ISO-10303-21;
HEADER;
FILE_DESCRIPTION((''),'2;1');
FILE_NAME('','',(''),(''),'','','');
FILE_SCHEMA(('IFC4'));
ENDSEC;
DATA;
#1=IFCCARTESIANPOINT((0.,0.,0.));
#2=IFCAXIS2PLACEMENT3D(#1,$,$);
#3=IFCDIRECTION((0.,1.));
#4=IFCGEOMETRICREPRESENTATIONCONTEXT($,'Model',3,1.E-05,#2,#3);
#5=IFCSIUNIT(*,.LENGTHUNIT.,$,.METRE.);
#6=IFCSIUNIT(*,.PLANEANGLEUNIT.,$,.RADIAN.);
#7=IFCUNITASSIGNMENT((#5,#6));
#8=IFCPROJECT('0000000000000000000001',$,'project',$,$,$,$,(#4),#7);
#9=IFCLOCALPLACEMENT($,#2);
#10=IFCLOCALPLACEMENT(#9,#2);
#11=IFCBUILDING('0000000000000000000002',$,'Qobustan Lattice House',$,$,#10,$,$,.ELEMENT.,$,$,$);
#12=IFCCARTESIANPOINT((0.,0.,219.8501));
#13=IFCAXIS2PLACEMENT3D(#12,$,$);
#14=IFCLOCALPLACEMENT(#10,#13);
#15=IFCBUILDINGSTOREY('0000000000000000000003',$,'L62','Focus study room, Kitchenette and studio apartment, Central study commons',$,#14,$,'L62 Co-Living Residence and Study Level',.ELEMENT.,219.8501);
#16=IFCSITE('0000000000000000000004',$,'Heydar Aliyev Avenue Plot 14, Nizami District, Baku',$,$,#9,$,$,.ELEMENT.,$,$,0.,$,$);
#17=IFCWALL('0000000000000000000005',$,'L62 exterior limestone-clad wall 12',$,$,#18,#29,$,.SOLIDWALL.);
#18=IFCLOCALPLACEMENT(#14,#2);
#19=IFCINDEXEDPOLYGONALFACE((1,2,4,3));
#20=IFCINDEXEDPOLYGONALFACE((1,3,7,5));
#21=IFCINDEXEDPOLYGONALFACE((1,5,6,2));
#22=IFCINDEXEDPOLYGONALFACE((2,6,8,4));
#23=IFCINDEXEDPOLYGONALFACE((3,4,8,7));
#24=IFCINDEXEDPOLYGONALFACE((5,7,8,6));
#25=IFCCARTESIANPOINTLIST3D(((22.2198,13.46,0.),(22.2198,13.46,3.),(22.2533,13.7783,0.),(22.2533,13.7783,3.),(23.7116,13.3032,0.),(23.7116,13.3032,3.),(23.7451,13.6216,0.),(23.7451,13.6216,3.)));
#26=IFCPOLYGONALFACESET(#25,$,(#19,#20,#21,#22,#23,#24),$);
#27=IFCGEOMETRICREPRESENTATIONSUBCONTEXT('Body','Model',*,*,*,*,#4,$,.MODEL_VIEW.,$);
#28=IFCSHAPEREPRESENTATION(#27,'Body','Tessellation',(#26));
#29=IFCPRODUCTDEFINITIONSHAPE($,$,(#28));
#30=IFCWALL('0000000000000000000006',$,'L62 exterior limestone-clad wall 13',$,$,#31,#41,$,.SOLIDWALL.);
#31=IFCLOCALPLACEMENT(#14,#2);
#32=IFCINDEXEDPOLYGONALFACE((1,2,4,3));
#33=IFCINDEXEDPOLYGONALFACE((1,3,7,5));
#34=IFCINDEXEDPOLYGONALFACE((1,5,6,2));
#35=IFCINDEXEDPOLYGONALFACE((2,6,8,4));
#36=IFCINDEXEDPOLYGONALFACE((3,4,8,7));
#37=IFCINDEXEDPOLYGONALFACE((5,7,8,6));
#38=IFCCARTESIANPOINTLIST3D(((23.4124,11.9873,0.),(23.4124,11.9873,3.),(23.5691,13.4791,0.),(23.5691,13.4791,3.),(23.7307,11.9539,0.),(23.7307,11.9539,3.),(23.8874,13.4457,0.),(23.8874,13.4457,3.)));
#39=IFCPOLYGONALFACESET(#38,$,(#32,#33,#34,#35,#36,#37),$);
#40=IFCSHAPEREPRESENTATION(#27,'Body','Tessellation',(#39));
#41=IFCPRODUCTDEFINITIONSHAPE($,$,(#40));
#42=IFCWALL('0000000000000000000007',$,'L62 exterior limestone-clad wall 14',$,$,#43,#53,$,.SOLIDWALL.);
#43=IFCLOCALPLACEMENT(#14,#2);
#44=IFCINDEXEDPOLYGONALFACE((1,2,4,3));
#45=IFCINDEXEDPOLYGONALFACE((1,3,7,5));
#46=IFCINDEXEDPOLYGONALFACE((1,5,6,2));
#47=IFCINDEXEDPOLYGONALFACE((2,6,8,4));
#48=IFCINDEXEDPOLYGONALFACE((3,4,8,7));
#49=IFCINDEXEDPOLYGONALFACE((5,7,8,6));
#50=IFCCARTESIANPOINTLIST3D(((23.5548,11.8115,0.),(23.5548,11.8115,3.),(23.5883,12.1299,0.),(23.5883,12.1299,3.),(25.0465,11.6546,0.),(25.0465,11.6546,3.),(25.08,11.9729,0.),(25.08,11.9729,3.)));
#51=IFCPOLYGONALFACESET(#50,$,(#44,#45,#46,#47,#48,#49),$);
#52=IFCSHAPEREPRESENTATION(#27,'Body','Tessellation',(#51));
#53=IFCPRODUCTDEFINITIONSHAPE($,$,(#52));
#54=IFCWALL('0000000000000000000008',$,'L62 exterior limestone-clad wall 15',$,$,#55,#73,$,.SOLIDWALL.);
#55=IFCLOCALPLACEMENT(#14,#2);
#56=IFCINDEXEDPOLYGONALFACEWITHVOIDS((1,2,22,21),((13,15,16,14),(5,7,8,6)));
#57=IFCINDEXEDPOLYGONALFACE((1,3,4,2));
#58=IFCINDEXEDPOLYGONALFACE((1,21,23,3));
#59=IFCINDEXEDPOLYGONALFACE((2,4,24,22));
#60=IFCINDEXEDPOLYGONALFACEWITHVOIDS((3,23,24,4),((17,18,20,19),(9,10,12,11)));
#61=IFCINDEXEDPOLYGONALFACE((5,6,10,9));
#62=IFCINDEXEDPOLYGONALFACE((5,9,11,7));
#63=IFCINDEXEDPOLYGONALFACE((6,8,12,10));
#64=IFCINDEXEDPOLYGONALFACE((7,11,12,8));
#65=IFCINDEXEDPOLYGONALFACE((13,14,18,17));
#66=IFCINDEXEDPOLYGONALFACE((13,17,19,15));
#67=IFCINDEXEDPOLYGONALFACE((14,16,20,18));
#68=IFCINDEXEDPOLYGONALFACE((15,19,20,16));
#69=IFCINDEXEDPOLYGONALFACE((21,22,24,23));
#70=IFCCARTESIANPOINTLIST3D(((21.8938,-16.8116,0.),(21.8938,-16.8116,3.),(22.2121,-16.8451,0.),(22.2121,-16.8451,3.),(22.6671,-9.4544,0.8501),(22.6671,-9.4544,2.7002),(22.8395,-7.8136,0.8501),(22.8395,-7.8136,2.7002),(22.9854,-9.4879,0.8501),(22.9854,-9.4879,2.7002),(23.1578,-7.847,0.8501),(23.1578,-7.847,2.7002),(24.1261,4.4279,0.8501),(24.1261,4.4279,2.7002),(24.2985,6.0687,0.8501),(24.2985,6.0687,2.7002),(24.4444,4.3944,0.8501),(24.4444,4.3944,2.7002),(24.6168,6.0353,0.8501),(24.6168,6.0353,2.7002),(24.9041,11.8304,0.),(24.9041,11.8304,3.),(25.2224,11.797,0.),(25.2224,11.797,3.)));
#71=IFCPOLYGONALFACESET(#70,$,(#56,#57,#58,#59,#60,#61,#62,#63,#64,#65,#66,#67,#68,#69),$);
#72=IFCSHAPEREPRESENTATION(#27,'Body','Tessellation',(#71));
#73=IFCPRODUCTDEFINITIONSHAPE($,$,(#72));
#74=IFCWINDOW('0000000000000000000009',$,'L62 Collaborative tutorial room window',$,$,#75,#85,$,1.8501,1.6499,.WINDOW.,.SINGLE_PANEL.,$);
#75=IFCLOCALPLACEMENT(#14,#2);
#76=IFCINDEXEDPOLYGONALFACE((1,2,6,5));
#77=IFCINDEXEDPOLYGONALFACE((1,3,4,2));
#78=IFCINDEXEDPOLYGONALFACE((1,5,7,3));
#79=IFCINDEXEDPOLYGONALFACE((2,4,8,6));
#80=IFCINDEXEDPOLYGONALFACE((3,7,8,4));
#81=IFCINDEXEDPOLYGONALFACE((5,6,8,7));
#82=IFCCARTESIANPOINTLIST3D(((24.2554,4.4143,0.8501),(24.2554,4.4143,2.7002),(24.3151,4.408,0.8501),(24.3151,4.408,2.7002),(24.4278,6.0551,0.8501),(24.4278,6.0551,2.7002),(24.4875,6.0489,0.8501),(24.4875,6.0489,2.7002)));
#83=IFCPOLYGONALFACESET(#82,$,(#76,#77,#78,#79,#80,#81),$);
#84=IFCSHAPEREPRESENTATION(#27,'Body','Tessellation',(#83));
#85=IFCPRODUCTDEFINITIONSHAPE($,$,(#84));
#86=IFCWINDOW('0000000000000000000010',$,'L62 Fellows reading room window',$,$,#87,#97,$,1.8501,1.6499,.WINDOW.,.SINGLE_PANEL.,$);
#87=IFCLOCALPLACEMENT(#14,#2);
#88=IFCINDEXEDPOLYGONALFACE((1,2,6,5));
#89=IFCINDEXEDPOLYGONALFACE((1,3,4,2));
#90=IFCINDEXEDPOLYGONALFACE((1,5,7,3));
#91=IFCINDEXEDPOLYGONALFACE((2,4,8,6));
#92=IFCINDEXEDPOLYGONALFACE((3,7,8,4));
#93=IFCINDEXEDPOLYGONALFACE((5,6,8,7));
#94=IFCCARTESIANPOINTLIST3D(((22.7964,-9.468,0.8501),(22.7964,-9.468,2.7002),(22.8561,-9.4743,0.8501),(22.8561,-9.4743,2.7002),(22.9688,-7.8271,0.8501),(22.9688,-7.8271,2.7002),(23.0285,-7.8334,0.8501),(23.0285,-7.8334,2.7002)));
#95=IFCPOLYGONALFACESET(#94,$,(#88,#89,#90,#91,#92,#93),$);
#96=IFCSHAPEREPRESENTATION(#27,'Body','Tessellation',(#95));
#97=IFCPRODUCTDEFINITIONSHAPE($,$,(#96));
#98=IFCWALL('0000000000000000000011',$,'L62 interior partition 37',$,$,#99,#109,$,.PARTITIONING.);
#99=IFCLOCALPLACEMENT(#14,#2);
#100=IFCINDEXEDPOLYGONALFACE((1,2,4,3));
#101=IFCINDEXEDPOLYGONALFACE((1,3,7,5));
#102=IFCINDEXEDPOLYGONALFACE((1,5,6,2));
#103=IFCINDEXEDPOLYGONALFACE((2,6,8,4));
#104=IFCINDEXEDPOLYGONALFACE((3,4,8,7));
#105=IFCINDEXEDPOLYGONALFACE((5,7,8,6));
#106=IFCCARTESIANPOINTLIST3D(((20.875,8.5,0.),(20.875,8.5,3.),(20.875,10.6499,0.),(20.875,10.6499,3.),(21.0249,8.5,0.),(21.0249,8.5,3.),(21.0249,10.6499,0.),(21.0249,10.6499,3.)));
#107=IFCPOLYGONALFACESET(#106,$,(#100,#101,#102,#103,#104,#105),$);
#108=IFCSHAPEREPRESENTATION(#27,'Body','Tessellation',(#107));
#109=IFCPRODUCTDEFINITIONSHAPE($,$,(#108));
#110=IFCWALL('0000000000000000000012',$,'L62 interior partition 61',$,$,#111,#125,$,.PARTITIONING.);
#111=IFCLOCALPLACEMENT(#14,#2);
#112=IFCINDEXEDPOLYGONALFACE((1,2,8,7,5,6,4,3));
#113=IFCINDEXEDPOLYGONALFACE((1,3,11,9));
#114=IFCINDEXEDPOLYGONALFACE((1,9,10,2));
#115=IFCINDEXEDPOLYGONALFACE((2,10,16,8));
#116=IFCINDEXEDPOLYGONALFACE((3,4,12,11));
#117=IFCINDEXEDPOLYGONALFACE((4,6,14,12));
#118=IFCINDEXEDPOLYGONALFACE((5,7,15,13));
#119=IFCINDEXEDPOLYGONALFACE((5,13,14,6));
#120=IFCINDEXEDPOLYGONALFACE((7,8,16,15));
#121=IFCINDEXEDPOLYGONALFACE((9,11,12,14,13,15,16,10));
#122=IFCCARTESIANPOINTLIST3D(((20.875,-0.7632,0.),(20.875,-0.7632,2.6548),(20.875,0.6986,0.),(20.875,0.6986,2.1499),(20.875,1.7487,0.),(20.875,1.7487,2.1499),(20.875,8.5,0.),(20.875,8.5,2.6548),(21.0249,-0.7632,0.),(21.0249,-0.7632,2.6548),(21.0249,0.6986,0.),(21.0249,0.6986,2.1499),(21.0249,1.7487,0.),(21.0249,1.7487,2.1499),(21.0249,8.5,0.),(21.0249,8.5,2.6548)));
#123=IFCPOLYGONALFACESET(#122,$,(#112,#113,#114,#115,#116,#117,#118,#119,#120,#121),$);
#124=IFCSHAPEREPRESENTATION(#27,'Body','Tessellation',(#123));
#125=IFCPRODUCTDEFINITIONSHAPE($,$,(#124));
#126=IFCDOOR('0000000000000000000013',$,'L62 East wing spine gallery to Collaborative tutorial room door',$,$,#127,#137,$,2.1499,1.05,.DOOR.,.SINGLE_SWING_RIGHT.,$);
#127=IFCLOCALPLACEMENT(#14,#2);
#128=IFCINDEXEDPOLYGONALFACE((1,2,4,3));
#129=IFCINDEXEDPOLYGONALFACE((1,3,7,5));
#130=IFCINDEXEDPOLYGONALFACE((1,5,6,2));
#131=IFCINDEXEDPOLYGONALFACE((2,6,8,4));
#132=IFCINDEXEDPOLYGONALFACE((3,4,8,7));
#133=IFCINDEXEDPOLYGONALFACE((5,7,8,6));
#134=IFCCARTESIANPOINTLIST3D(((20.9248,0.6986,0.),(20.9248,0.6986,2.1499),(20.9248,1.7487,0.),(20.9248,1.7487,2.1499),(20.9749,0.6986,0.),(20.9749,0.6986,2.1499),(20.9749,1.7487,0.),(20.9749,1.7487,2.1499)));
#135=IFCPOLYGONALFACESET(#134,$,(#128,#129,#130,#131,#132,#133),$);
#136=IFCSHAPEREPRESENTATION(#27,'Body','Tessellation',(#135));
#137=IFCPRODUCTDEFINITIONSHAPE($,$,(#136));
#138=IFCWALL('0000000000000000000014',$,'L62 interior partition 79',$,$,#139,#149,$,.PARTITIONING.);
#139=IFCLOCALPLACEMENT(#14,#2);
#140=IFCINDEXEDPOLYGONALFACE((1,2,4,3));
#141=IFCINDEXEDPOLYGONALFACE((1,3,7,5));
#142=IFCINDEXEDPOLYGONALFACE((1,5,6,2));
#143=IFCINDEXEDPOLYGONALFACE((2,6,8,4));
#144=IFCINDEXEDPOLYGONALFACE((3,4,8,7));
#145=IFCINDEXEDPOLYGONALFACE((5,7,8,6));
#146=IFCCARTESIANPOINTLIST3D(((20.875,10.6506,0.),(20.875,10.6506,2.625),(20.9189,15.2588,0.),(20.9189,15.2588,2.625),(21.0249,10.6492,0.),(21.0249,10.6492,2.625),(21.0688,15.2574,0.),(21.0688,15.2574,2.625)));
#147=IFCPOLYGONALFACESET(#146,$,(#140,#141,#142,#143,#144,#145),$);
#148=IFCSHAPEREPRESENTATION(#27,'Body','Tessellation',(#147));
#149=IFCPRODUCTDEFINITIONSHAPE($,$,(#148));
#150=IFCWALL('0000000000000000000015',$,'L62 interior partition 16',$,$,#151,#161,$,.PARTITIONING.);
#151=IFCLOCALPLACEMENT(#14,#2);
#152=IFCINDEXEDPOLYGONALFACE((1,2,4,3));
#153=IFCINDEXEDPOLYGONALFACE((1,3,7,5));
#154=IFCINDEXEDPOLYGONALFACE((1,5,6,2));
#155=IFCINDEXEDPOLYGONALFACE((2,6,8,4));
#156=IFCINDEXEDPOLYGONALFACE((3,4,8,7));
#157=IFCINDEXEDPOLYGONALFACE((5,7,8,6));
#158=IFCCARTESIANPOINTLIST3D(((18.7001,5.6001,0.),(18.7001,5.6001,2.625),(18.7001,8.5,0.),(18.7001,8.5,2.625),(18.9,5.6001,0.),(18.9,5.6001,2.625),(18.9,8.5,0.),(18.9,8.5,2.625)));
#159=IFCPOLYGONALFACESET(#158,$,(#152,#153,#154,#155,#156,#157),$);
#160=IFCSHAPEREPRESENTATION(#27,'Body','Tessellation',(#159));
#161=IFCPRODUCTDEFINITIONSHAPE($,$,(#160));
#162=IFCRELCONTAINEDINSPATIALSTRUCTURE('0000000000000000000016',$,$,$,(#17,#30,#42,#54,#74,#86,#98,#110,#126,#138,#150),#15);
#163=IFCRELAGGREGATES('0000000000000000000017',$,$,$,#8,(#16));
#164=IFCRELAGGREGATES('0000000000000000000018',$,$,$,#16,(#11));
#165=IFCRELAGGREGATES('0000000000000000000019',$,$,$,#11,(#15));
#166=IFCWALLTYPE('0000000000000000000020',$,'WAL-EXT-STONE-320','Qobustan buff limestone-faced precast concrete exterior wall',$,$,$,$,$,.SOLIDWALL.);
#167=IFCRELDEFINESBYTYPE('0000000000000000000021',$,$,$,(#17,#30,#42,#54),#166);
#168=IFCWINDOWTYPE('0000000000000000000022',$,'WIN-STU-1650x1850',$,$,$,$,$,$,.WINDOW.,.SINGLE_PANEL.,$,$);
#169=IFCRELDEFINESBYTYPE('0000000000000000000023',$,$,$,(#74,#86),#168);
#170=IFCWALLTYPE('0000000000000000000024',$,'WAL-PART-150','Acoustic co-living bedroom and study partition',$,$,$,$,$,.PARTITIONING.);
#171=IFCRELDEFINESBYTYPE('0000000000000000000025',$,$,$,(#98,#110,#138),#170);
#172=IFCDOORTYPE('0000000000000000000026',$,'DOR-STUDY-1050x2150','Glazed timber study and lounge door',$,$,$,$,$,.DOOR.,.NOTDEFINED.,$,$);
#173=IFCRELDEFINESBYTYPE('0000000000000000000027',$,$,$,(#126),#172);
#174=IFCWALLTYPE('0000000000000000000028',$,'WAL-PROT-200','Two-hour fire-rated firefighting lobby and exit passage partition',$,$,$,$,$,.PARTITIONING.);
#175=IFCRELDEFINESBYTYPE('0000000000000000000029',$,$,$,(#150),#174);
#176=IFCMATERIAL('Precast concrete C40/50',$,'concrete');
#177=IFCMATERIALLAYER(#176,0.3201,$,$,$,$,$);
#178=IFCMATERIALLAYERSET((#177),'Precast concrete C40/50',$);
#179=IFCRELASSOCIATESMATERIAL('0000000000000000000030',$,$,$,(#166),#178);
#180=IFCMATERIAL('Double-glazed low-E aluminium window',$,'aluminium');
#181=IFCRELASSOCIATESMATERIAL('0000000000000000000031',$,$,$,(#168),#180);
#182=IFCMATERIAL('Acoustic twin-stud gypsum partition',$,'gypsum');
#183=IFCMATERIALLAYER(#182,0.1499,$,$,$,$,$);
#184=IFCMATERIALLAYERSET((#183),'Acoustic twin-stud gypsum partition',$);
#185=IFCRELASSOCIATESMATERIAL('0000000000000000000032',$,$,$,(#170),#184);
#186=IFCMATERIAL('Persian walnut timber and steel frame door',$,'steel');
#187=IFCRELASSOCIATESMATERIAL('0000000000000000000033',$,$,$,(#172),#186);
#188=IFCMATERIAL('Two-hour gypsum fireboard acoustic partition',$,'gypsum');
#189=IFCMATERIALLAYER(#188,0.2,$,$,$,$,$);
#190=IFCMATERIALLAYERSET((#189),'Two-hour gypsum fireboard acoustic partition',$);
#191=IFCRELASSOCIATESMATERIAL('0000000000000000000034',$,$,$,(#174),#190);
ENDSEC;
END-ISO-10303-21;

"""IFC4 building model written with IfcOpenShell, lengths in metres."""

from ifc_helpers import new_model, si_unit, direction, frame, frame_2d, origin, place, context, subcontext, project, spatial, rectangle, extrude, material, layer, layer_set, type_object, element, fill, save


model = new_model("IFC4")

# Units and contexts
model_context = context("Model", 3, precision=1e-05, world=origin(), true_north=direction((0.0, 1.0)))
body_context = subcontext(model_context, "Body", "Model", "MODEL_VIEW")
ifc_project = project(units=[si_unit("LENGTHUNIT", "METRE"), si_unit("PLANEANGLEUNIT", "RADIAN")], contexts=[model_context])

# Site, building, storey
site_placement = place(None, origin())
site = spatial("IfcSite", under=ifc_project, at=site_placement, Name="Heydar Aliyev Avenue Plot 14, Nizami District, Baku", CompositionType="ELEMENT", RefElevation=0.0)
building_placement = place(site_placement, origin())
building = spatial("IfcBuilding", under=site, at=building_placement, Name="Qobustan Lattice House", CompositionType="ELEMENT")
storey_placement = place(building_placement, frame((0.0, 0.0, 219.8501)))
storey = spatial("IfcBuildingStorey", under=building, at=storey_placement, Name="L62", Description="Focus study room, Kitchenette and studio apartment, Central study commons", LongName="L62 Co-Living Residence and Study Level", CompositionType="ELEMENT", Elevation=219.8501)

# Walls
ifc_material_1 = material(Name="Precast concrete C40/50", Category="concrete")
ifc_layer_1 = layer(ifc_material_1, 0.3201)
ifc_layer_set_1 = layer_set([ifc_layer_1], Name="Precast concrete C40/50")
wall_type_1 = type_object("IfcWallType", Name="WAL-EXT-STONE-320", Description="Qobustan buff limestone-faced precast concrete exterior wall", PredefinedType="SOLIDWALL", material=ifc_layer_set_1)
for number, where, z_axis, x_axis, name in (
    (1, (22.2366, 13.6191, 0.0), (0.0, 0.0, 1.0), (0.994525, -0.104498, 0.0), "L62 exterior limestone-clad wall 12"),
    (2, (23.7283, 13.4624, 0.0), (0.0, 0.0, 1.0), (-0.104498, -0.994525, 0.0), "L62 exterior limestone-clad wall 13"),
    (3, (23.5715, 11.9707, 0.0), (0.0, 0.0, 1.0), (0.994508, -0.104659, 0.0), "L62 exterior limestone-clad wall 14"),
):
    element("IfcWall", number, at=place(storey_placement, frame(where, z_axis=z_axis, x_axis=x_axis)), inside=storey, type_object=wall_type_1, Name=name, PredefinedType="SOLIDWALL", context=body_context, shape_type="SweptSolid", body=[
        extrude(rectangle(XDim=1.5, YDim=0.3201, at=frame_2d((0.75, 0.0))), origin(), (0.0, 0.0, 1.0), 3.0),
    ])

# Wall, openings, windows
wall_1_placement = place(storey_placement, frame((25.0632, 11.8137, 0.0), z_axis=(0.0, 0.0, 1.0), x_axis=(-0.104523, -0.994522, 0.0)))
wall_1 = element("IfcWall", 4, at=wall_1_placement, inside=storey, type_object=wall_type_1, Name="L62 exterior limestone-clad wall 15", PredefinedType="SOLIDWALL", context=body_context, shape_type="SweptSolid", body=[
    extrude(rectangle(XDim=28.7998, YDim=0.3201, at=frame_2d((14.3999, 0.0))), origin(), (0.0, 0.0, 1.0), 3.0),
])
opening_1_placement = place(wall_1_placement, frame((5.7935, 0.0, 0.8501)))
opening_1 = element("IfcOpeningElement", 5, at=opening_1_placement, cuts=wall_1, PredefinedType="OPENING", context=body_context, shape_type="SweptSolid", body=[
    extrude(rectangle(XDim=1.6499, YDim=1.8501, at=frame_2d((0.825, 0.925))), frame((0.0, 0.1699, 0.0), z_axis=(0.0, -1.0, 0.0), x_axis=(1.0, 0.0, 0.0)), (0.0, 0.0, 1.0), 0.3401),
])
opening_2_placement = place(wall_1_placement, frame((19.7522, 0.0, 0.8501)))
opening_2 = element("IfcOpeningElement", 6, at=opening_2_placement, cuts=wall_1, PredefinedType="OPENING", context=body_context, shape_type="SweptSolid", body=[
    extrude(rectangle(XDim=1.6499, YDim=1.8501, at=frame_2d((0.825, 0.925))), frame((0.0, 0.1699, 0.0), z_axis=(0.0, -1.0, 0.0), x_axis=(1.0, 0.0, 0.0)), (0.0, 0.0, 1.0), 0.3401),
])
ifc_material_2 = material(Name="Double-glazed low-E aluminium window", Category="aluminium")
window_type = type_object("IfcWindowType", Name="WIN-STU-1650x1850", PartitioningType="SINGLE_PANEL", PredefinedType="WINDOW", material=ifc_material_2)
window_1_placement = place(opening_1_placement, origin())
window_1 = element("IfcWindow", 7, at=window_1_placement, inside=storey, type_object=window_type, Name="L62 Collaborative tutorial room window", OverallHeight=1.8501, OverallWidth=1.6499, PartitioningType="SINGLE_PANEL", PredefinedType="WINDOW", context=body_context, shape_type="SweptSolid", body=[
    extrude(rectangle(XDim=1.6499, YDim=1.8501, at=frame_2d((0.825, 0.925))), frame((0.0, 0.03, 0.0), z_axis=(0.0, -1.0, 0.0), x_axis=(1.0, 0.0, 0.0)), (0.0, 0.0, 1.0), 0.0601),
])
fill(opening_1, window_1)
window_2_placement = place(opening_2_placement, origin())
window_2 = element("IfcWindow", 8, at=window_2_placement, inside=storey, type_object=window_type, Name="L62 Fellows reading room window", OverallHeight=1.8501, OverallWidth=1.6499, PartitioningType="SINGLE_PANEL", PredefinedType="WINDOW", context=body_context, shape_type="SweptSolid", body=[
    extrude(rectangle(XDim=1.6499, YDim=1.8501, at=frame_2d((0.825, 0.925))), frame((0.0, 0.03, 0.0), z_axis=(0.0, -1.0, 0.0), x_axis=(1.0, 0.0, 0.0)), (0.0, 0.0, 1.0), 0.0601),
])
fill(opening_2, window_2)

# Wall
ifc_material_3 = material(Name="Acoustic twin-stud gypsum partition", Category="gypsum")
ifc_layer_2 = layer(ifc_material_3, 0.1499)
ifc_layer_set_2 = layer_set([ifc_layer_2], Name="Acoustic twin-stud gypsum partition")
wall_type_2 = type_object("IfcWallType", Name="WAL-PART-150", Description="Acoustic co-living bedroom and study partition", PredefinedType="PARTITIONING", material=ifc_layer_set_2)
wall_2_placement = place(storey_placement, frame((20.95, 10.6499, 0.0), z_axis=(0.0, 0.0, 1.0), x_axis=(0.0, -1.0, 0.0)))
element("IfcWall", 9, at=wall_2_placement, inside=storey, type_object=wall_type_2, Name="L62 interior partition 37", PredefinedType="PARTITIONING", context=body_context, shape_type="SweptSolid", body=[
    extrude(rectangle(XDim=2.1499, YDim=0.1499, at=frame_2d((1.075, 0.0))), origin(), (0.0, 0.0, 1.0), 3.0),
])

# Wall, opening, door
wall_3_placement = place(storey_placement, frame((20.95, 8.5, 0.0), z_axis=(0.0, 0.0, 1.0), x_axis=(0.0, -1.0, 0.0)))
wall_3 = element("IfcWall", 10, at=wall_3_placement, inside=storey, type_object=wall_type_2, Name="L62 interior partition 61", PredefinedType="PARTITIONING", context=body_context, shape_type="SweptSolid", body=[
    extrude(rectangle(XDim=9.2632, YDim=0.1499, at=frame_2d((4.6316, 0.0))), origin(), (0.0, 0.0, 1.0), 2.6548),
])
opening_3_placement = place(wall_3_placement, frame((6.7515, 0.0, 0.0)))
opening_3 = element("IfcOpeningElement", 11, at=opening_3_placement, cuts=wall_3, PredefinedType="OPENING", context=body_context, shape_type="SweptSolid", body=[
    extrude(rectangle(XDim=1.05, YDim=2.1499, at=frame_2d((0.5249, 1.075))), frame((0.0, 0.085, 0.0), z_axis=(0.0, -1.0, 0.0), x_axis=(1.0, 0.0, 0.0)), (0.0, 0.0, 1.0), 0.1699),
])
ifc_material_4 = material(Name="Persian walnut timber and steel frame door", Category="steel")
door_type_1 = type_object("IfcDoorType", Name="DOR-STUDY-1050x2150", Description="Glazed timber study and lounge door", OperationType="NOTDEFINED", PredefinedType="DOOR", material=ifc_material_4)
door_1_placement = place(opening_3_placement, origin())
door_1 = element("IfcDoor", 12, at=door_1_placement, inside=storey, type_object=door_type_1, Name="L62 East wing spine gallery to Collaborative tutorial room door", OperationType="SINGLE_SWING_RIGHT", OverallHeight=2.1499, OverallWidth=1.05, PredefinedType="DOOR", context=body_context, shape_type="SweptSolid", body=[
    extrude(rectangle(XDim=1.05, YDim=2.1499, at=frame_2d((0.5249, 1.075))), frame((0.0, 0.0249, 0.0), z_axis=(0.0, -1.0, 0.0), x_axis=(1.0, 0.0, 0.0)), (0.0, 0.0, 1.0), 0.05),
])
fill(opening_3, door_1)

# Wall
wall_4_placement = place(storey_placement, frame((20.95, 10.6499, 0.0), z_axis=(0.0, 0.0, 1.0), x_axis=(0.009536, 0.999955, 0.0)))
element("IfcWall", 13, at=wall_4_placement, inside=storey, type_object=wall_type_2, Name="L62 interior partition 79", PredefinedType="PARTITIONING", context=body_context, shape_type="SweptSolid", body=[
    extrude(rectangle(XDim=4.6084, YDim=0.1499, at=frame_2d((2.3042, 0.0))), origin(), (0.0, 0.0, 1.0), 2.625),
])

# Shared definitions
ifc_material_5 = material(Name="Two-hour gypsum fireboard acoustic partition", Category="gypsum")
ifc_layer_3 = layer(ifc_material_5, 0.2)
ifc_layer_set_3 = layer_set([ifc_layer_3], Name="Two-hour gypsum fireboard acoustic partition")
wall_type_3 = type_object("IfcWallType", Name="WAL-PROT-200", Description="Two-hour fire-rated firefighting lobby and exit passage partition", PredefinedType="PARTITIONING", material=ifc_layer_set_3)

# Wall
wall_5_placement = place(storey_placement, frame((18.8, 5.6001, 0.0), z_axis=(0.0, 0.0, 1.0), x_axis=(0.0, 1.0, 0.0)))
element("IfcWall", 14, at=wall_5_placement, inside=storey, type_object=wall_type_3, Name="L62 interior partition 16", PredefinedType="PARTITIONING", context=body_context, shape_type="SweptSolid", body=[
    extrude(rectangle(XDim=2.8999, YDim=0.2, at=frame_2d((1.45, 0.0))), origin(), (0.0, 0.0, 1.0), 2.625),
])

save(model, "model.ifc")
